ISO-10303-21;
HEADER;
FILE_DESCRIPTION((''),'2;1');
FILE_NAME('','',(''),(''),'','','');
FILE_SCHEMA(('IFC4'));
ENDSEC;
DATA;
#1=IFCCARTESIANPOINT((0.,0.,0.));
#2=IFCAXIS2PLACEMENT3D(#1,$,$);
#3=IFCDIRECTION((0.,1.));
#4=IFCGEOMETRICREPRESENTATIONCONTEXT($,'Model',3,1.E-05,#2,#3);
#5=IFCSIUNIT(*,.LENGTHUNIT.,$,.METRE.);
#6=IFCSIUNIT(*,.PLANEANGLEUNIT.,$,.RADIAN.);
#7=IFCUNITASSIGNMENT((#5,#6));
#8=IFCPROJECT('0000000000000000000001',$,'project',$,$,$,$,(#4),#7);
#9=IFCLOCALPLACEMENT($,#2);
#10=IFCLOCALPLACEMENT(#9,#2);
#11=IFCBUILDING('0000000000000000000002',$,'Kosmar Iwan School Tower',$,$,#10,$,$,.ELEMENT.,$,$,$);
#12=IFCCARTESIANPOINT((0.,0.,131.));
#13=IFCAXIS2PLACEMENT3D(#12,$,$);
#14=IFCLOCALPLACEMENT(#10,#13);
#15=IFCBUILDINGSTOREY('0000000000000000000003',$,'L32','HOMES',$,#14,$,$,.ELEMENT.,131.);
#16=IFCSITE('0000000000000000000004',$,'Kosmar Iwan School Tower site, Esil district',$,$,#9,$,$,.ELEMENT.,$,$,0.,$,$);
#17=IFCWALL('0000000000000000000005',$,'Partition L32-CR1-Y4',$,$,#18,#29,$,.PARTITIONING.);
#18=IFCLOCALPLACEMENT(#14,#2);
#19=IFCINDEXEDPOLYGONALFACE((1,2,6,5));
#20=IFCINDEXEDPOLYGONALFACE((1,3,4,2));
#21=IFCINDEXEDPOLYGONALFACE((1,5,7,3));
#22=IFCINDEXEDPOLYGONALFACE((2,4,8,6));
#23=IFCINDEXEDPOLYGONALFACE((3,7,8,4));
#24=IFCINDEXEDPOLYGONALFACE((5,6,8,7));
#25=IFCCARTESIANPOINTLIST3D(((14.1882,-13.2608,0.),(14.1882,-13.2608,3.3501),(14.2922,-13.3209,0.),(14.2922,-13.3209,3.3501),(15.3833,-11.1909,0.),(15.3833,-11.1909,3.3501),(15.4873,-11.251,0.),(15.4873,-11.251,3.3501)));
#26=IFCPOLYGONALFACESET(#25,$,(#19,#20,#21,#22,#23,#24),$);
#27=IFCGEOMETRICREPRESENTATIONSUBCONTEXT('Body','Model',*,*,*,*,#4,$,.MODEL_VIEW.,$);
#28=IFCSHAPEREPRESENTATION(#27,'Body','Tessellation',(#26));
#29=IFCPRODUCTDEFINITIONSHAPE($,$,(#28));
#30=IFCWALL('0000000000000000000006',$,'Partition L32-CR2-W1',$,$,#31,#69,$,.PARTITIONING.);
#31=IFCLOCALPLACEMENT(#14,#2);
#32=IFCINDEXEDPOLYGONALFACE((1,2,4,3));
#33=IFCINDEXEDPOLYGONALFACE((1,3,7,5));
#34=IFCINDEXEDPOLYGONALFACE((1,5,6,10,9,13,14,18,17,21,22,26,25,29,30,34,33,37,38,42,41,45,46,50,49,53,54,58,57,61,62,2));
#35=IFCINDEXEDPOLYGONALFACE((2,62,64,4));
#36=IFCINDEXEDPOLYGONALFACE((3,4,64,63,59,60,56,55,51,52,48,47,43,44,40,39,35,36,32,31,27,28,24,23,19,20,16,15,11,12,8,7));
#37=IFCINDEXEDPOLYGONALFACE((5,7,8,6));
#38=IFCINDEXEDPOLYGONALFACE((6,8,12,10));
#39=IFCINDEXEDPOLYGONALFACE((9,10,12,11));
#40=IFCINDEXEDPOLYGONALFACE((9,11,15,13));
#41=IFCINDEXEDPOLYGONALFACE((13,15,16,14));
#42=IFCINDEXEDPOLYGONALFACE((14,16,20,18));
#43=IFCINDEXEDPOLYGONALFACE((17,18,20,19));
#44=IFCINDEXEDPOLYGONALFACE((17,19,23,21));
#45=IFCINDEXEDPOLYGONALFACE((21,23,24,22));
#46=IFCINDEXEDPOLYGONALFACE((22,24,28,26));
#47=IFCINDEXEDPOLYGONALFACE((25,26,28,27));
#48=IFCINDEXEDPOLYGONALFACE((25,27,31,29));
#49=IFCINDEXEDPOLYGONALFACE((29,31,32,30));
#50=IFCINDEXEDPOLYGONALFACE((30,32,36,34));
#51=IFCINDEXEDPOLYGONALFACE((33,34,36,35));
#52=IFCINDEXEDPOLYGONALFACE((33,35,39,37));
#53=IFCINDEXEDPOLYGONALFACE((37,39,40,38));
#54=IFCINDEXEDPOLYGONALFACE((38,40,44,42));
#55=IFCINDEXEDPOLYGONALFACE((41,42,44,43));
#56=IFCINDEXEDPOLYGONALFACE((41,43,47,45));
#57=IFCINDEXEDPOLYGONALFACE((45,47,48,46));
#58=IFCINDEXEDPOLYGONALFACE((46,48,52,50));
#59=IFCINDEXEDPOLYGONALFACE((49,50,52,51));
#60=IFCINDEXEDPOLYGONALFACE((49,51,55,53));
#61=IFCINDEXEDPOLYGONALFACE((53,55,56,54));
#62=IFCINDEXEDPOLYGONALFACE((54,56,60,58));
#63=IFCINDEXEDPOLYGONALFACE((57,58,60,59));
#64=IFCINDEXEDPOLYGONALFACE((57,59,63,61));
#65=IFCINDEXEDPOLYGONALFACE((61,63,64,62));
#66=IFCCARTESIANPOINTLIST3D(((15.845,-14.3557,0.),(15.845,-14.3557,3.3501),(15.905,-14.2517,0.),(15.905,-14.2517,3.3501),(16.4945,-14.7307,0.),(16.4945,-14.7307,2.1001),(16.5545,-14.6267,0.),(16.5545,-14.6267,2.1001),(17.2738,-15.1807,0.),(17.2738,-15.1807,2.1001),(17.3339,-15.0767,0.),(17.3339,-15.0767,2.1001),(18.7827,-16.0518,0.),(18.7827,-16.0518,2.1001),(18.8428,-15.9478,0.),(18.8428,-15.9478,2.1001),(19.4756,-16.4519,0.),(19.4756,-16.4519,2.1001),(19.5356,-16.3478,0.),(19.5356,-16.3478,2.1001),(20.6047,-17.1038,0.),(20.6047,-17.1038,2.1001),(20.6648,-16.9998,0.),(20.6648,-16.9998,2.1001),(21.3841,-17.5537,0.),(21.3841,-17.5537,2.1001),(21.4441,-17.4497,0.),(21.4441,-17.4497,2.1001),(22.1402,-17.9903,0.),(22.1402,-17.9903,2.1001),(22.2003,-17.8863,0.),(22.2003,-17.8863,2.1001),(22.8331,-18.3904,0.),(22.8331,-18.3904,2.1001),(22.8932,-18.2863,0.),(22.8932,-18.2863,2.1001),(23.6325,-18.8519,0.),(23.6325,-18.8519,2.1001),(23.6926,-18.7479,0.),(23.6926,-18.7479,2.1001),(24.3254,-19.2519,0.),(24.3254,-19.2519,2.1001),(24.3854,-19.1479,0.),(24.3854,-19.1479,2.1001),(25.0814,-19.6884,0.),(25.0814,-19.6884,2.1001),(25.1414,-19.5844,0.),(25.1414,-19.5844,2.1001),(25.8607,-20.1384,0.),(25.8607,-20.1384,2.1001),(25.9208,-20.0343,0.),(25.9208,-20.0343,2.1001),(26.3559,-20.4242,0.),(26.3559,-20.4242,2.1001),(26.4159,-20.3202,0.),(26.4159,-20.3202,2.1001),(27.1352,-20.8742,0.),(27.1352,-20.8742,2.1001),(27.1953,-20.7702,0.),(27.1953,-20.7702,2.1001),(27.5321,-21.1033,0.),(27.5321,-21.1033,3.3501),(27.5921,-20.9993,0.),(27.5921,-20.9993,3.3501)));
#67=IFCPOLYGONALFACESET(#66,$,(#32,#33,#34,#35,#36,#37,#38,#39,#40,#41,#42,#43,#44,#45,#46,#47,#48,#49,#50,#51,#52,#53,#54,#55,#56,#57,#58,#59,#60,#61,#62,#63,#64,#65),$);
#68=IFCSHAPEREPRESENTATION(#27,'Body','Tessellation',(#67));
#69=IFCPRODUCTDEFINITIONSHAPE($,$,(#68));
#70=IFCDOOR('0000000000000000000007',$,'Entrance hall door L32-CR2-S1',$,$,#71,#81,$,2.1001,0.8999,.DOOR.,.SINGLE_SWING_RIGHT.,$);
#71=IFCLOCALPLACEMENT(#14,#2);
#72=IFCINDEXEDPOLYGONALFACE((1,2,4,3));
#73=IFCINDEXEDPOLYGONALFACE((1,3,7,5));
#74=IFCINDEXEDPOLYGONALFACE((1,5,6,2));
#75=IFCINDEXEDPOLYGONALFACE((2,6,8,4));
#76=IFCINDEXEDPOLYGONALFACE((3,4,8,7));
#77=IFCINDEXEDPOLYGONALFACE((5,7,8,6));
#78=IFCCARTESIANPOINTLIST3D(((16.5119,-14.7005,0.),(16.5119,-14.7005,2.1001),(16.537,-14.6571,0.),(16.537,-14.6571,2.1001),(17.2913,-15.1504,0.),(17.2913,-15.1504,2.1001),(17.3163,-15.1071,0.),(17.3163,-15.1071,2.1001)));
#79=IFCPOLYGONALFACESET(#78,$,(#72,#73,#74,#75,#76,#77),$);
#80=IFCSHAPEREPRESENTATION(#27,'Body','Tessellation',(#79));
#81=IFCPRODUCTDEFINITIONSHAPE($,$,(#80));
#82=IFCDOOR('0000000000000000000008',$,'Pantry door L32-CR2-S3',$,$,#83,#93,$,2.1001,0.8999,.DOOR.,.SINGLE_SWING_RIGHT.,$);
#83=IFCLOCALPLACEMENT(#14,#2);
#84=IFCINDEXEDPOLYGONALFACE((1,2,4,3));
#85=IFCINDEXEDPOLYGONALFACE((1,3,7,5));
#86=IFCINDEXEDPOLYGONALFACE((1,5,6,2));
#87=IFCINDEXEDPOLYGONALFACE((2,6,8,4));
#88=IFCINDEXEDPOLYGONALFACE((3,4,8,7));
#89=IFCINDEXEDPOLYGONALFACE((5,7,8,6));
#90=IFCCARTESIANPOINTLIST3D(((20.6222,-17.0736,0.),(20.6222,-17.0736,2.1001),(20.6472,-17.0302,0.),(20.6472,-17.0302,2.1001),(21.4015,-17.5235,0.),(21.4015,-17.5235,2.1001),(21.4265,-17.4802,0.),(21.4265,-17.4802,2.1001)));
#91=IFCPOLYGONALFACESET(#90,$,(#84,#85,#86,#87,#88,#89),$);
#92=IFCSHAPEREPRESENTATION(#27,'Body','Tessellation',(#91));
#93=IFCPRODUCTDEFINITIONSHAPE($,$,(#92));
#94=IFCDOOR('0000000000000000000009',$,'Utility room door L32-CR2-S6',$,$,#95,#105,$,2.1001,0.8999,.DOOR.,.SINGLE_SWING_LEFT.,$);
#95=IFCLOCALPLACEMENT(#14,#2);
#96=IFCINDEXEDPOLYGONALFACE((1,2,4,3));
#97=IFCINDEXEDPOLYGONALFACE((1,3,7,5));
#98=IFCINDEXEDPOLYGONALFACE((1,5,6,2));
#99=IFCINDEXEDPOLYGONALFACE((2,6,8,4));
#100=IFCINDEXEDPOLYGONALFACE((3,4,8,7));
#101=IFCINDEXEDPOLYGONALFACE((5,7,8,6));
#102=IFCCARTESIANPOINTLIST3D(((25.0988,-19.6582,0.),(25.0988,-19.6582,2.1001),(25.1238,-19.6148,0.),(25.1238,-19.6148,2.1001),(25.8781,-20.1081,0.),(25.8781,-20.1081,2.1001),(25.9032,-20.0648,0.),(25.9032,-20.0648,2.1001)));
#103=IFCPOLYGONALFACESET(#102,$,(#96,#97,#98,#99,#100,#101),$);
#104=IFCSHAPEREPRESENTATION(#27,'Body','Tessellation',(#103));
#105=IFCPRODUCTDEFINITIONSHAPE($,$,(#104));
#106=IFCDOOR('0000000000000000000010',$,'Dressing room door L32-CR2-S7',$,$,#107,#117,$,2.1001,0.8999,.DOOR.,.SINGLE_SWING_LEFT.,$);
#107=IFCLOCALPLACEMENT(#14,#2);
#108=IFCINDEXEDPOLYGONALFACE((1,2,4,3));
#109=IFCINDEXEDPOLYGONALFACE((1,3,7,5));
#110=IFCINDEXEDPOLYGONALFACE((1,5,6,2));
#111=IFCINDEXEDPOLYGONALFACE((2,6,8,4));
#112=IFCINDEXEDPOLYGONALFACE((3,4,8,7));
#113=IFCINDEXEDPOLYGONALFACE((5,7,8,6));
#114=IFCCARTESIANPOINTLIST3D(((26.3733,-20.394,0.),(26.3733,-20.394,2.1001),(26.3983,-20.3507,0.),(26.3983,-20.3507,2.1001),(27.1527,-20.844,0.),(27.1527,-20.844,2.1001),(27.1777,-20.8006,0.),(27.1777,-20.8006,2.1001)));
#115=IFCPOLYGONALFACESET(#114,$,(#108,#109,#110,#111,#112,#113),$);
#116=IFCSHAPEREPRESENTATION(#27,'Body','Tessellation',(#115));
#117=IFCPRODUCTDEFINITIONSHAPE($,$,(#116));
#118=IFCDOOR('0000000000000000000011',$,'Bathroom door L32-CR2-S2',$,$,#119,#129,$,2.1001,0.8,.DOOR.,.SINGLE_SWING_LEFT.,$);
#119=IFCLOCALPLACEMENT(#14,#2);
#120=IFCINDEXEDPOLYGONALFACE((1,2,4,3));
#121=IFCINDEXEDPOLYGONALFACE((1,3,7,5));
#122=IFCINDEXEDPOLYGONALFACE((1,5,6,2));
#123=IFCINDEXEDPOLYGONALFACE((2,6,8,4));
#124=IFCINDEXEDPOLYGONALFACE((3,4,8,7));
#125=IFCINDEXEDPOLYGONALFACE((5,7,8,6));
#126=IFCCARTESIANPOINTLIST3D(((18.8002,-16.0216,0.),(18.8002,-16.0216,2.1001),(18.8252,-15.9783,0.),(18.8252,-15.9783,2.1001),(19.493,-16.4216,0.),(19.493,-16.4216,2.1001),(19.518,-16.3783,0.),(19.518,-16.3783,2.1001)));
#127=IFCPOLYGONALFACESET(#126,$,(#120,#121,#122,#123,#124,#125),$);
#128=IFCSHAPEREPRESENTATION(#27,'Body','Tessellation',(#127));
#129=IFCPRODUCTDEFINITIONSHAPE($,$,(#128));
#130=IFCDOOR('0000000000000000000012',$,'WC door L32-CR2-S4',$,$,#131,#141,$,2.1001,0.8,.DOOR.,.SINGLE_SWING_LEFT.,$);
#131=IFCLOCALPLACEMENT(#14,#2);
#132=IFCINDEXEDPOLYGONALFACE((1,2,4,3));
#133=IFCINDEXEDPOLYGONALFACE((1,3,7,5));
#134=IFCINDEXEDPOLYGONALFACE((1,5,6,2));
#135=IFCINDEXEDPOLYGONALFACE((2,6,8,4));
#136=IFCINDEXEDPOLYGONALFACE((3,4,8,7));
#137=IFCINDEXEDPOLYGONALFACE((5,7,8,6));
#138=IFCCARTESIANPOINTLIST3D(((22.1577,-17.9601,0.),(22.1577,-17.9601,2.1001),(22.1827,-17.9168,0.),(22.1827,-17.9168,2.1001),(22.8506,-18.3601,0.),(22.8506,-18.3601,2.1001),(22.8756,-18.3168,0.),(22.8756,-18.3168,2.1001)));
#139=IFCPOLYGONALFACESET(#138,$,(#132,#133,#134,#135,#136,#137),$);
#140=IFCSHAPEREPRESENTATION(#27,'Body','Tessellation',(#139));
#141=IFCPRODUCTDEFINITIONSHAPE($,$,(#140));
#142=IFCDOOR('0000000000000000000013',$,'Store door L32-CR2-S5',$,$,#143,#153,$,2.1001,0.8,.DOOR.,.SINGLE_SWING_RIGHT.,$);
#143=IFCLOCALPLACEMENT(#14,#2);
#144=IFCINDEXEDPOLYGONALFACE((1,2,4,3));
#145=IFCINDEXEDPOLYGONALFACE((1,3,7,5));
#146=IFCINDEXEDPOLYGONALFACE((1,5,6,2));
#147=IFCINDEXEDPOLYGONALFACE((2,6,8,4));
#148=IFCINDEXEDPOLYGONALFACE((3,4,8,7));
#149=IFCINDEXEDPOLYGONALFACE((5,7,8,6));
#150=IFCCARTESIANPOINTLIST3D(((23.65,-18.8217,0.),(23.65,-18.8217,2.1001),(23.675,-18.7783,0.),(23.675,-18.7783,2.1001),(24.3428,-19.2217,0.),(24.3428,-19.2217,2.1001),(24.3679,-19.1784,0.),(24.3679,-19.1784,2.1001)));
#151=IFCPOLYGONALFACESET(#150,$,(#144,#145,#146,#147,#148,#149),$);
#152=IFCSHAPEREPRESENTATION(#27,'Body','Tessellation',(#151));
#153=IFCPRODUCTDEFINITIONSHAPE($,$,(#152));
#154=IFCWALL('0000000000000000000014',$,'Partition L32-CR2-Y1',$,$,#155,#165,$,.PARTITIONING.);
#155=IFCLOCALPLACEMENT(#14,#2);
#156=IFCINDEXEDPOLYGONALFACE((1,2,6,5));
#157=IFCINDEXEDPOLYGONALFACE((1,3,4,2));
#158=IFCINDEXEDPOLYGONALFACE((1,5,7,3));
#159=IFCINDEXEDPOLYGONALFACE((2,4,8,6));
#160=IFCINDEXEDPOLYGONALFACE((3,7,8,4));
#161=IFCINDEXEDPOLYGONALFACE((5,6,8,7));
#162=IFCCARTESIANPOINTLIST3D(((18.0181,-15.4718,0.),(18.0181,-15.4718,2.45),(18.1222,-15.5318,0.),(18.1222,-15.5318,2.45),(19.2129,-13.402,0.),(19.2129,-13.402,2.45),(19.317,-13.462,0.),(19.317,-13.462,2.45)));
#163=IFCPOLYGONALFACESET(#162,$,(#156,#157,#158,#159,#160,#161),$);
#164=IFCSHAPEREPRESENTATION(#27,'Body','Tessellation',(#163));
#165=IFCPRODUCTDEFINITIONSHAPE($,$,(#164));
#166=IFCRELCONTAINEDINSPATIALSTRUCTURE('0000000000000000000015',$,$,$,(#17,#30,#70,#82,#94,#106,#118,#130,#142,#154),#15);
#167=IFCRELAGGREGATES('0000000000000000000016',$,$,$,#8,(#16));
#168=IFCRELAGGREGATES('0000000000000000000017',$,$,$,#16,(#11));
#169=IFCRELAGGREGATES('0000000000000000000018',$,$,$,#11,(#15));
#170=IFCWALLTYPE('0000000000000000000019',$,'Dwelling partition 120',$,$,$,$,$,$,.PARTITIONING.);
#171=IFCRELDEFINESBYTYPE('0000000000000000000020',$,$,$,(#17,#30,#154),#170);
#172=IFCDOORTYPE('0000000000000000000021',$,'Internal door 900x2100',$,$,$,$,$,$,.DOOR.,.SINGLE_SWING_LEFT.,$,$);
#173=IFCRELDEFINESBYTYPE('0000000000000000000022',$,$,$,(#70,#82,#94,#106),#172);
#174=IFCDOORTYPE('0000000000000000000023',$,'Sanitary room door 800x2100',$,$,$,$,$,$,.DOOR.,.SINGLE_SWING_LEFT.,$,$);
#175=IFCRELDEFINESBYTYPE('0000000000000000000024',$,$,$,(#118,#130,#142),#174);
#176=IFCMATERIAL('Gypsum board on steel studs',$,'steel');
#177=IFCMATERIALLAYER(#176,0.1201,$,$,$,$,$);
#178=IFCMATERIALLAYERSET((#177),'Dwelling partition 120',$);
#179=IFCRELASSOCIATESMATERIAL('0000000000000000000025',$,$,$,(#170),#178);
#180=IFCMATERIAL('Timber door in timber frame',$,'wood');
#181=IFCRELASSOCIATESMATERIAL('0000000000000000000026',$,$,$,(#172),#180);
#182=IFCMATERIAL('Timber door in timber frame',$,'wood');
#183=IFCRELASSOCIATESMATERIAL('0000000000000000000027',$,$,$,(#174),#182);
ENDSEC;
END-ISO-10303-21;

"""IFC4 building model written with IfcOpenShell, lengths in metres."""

from ifc_helpers import new_model, si_unit, direction, frame, frame_2d, origin, place, context, subcontext, project, spatial, rectangle, extrude, material, layer, layer_set, type_object, element, fill, save


model = new_model("IFC4")

# Units and contexts
model_context = context("Model", 3, precision=1e-05, world=origin(), true_north=direction((0.0, 1.0)))
body_context = subcontext(model_context, "Body", "Model", "MODEL_VIEW")
ifc_project = project(units=[si_unit("LENGTHUNIT", "METRE"), si_unit("PLANEANGLEUNIT", "RADIAN")], contexts=[model_context])

# Site, building, storey
site_placement = place(None, origin())
site = spatial("IfcSite", under=ifc_project, at=site_placement, Name="Kosmar Iwan School Tower site, Esil district", CompositionType="ELEMENT", RefElevation=0.0)
building_placement = place(site_placement, origin())
building = spatial("IfcBuilding", under=site, at=building_placement, Name="Kosmar Iwan School Tower", CompositionType="ELEMENT")
storey_placement = place(building_placement, frame((0.0, 0.0, 131.0)))
storey = spatial("IfcBuildingStorey", under=building, at=storey_placement, Name="L32", Description="HOMES", CompositionType="ELEMENT", Elevation=131.0)

# Shared definitions
ifc_material_1 = material(Name="Gypsum board on steel studs", Category="steel")
ifc_layer_1 = layer(ifc_material_1, 0.1201)
ifc_layer_set_1 = layer_set([ifc_layer_1], Name="Dwelling partition 120")
wall_type_1 = type_object("IfcWallType", Name="Dwelling partition 120", PredefinedType="PARTITIONING", material=ifc_layer_set_1)

# Shared definitions
ifc_material_2 = material(Name="Timber door in timber frame", Category="wood")
door_type_1 = type_object("IfcDoorType", Name="Internal door 900x2100", OperationType="SINGLE_SWING_LEFT", PredefinedType="DOOR", material=ifc_material_2)

# Wall
wall_1_placement = place(storey_placement, frame((15.4353, -11.2209, 0.0), z_axis=(0.0, 0.0, 1.0), x_axis=(-0.500017, -0.866015, 0.0)))
element("IfcWall", 1, at=wall_1_placement, inside=storey, type_object=wall_type_1, Name="Partition L32-CR1-Y4", PredefinedType="PARTITIONING", context=body_context, shape_type="SweptSolid", body=[
    extrude(rectangle(XDim=2.3901, YDim=0.1201, at=frame_2d((1.1951, 0.0))), origin(), (0.0, 0.0, 1.0), 3.3501),
])

# Wall, openings, doors
wall_2_placement = place(storey_placement, frame((15.875, -14.3037, 0.0), z_axis=(0.0, 0.0, 1.0), x_axis=(0.866024, -0.500003, 0.0)))
wall_2 = element("IfcWall", 2, at=wall_2_placement, inside=storey, type_object=wall_type_1, Name="Partition L32-CR2-W1", PredefinedType="PARTITIONING", context=body_context, shape_type="SweptSolid", body=[
    extrude(rectangle(XDim=13.4951, YDim=0.1201, at=frame_2d((6.7476, 0.0))), origin(), (0.0, 0.0, 1.0), 3.3501),
])
opening_1_placement = place(wall_2_placement, frame((0.75, 0.0, 0.0)))
opening_1 = element("IfcOpeningElement", 3, at=opening_1_placement, cuts=wall_2, PredefinedType="OPENING", context=body_context, shape_type="SweptSolid", body=[
    extrude(rectangle(XDim=0.8999, YDim=2.1001, at=frame_2d((0.45, 1.05))), frame((0.0, 0.072, 0.0), z_axis=(0.0, -1.0, 0.0), x_axis=(1.0, 0.0, 0.0)), (0.0, 0.0, 1.0), 0.144),
])
opening_2_placement = place(wall_2_placement, frame((3.3923, 0.0, 0.0)))
opening_2 = element("IfcOpeningElement", 4, at=opening_2_placement, cuts=wall_2, PredefinedType="OPENING", context=body_context, shape_type="SweptSolid", body=[
    extrude(rectangle(XDim=0.8, YDim=2.1001, at=frame_2d((0.3999, 1.05))), frame((0.0, 0.072, 0.0), z_axis=(0.0, -1.0, 0.0), x_axis=(1.0, 0.0, 0.0)), (0.0, 0.0, 1.0), 0.144),
])
opening_3_placement = place(wall_2_placement, frame((5.4961, 0.0, 0.0)))
opening_3 = element("IfcOpeningElement", 5, at=opening_3_placement, cuts=wall_2, PredefinedType="OPENING", context=body_context, shape_type="SweptSolid", body=[
    extrude(rectangle(XDim=0.8999, YDim=2.1001, at=frame_2d((0.45, 1.05))), frame((0.0, 0.072, 0.0), z_axis=(0.0, -1.0, 0.0), x_axis=(1.0, 0.0, 0.0)), (0.0, 0.0, 1.0), 0.144),
])
opening_4_placement = place(wall_2_placement, frame((7.2693, 0.0, 0.0)))
opening_4 = element("IfcOpeningElement", 6, at=opening_4_placement, cuts=wall_2, PredefinedType="OPENING", context=body_context, shape_type="SweptSolid", body=[
    extrude(rectangle(XDim=0.8, YDim=2.1001, at=frame_2d((0.3999, 1.05))), frame((0.0, 0.072, 0.0), z_axis=(0.0, -1.0, 0.0), x_axis=(1.0, 0.0, 0.0)), (0.0, 0.0, 1.0), 0.144),
])
opening_5_placement = place(wall_2_placement, frame((8.9924, 0.0, 0.0)))
opening_5 = element("IfcOpeningElement", 7, at=opening_5_placement, cuts=wall_2, PredefinedType="OPENING", context=body_context, shape_type="SweptSolid", body=[
    extrude(rectangle(XDim=0.8, YDim=2.1001, at=frame_2d((0.3999, 1.05))), frame((0.0, 0.072, 0.0), z_axis=(0.0, -1.0, 0.0), x_axis=(1.0, 0.0, 0.0)), (0.0, 0.0, 1.0), 0.144),
])
opening_6_placement = place(wall_2_placement, frame((10.6653, 0.0, 0.0)))
opening_6 = element("IfcOpeningElement", 8, at=opening_6_placement, cuts=wall_2, PredefinedType="OPENING", context=body_context, shape_type="SweptSolid", body=[
    extrude(rectangle(XDim=0.8999, YDim=2.1001, at=frame_2d((0.45, 1.05))), frame((0.0, 0.072, 0.0), z_axis=(0.0, -1.0, 0.0), x_axis=(1.0, 0.0, 0.0)), (0.0, 0.0, 1.0), 0.144),
])
opening_7_placement = place(wall_2_placement, frame((12.137, 0.0, 0.0)))
opening_7 = element("IfcOpeningElement", 9, at=opening_7_placement, cuts=wall_2, PredefinedType="OPENING", context=body_context, shape_type="SweptSolid", body=[
    extrude(rectangle(XDim=0.8999, YDim=2.1001, at=frame_2d((0.45, 1.05))), frame((0.0, 0.072, 0.0), z_axis=(0.0, -1.0, 0.0), x_axis=(1.0, 0.0, 0.0)), (0.0, 0.0, 1.0), 0.144),
])
door_1_placement = place(opening_1_placement, origin())
door_1 = element("IfcDoor", 10, at=door_1_placement, inside=storey, type_object=door_type_1, Name="Entrance hall door L32-CR2-S1", OperationType="SINGLE_SWING_RIGHT", OverallHeight=2.1001, OverallWidth=0.8999, PredefinedType="DOOR", context=body_context, shape_type="SweptSolid", body=[
    extrude(rectangle(XDim=0.8999, YDim=2.1001, at=frame_2d((0.45, 1.05))), frame((0.0, 0.0249, 0.0), z_axis=(0.0, -1.0, 0.0), x_axis=(1.0, 0.0, 0.0)), (0.0, 0.0, 1.0), 0.05),
])
fill(opening_1, door_1)
door_2_placement = place(opening_3_placement, origin())
door_2 = element("IfcDoor", 11, at=door_2_placement, inside=storey, type_object=door_type_1, Name="Pantry door L32-CR2-S3", OperationType="SINGLE_SWING_RIGHT", OverallHeight=2.1001, OverallWidth=0.8999, PredefinedType="DOOR", context=body_context, shape_type="SweptSolid", body=[
    extrude(rectangle(XDim=0.8999, YDim=2.1001, at=frame_2d((0.45, 1.05))), frame((0.0, 0.0249, 0.0), z_axis=(0.0, -1.0, 0.0), x_axis=(1.0, 0.0, 0.0)), (0.0, 0.0, 1.0), 0.05),
])
fill(opening_3, door_2)
door_3_placement = place(opening_6_placement, origin())
door_3 = element("IfcDoor", 12, at=door_3_placement, inside=storey, type_object=door_type_1, Name="Utility room door L32-CR2-S6", OperationType="SINGLE_SWING_LEFT", OverallHeight=2.1001, OverallWidth=0.8999, PredefinedType="DOOR", context=body_context, shape_type="SweptSolid", body=[
    extrude(rectangle(XDim=0.8999, YDim=2.1001, at=frame_2d((0.45, 1.05))), frame((0.0, 0.0249, 0.0), z_axis=(0.0, -1.0, 0.0), x_axis=(1.0, 0.0, 0.0)), (0.0, 0.0, 1.0), 0.05),
])
fill(opening_6, door_3)
door_4_placement = place(opening_7_placement, origin())
door_4 = element("IfcDoor", 13, at=door_4_placement, inside=storey, type_object=door_type_1, Name="Dressing room door L32-CR2-S7", OperationType="SINGLE_SWING_LEFT", OverallHeight=2.1001, OverallWidth=0.8999, PredefinedType="DOOR", context=body_context, shape_type="SweptSolid", body=[
    extrude(rectangle(XDim=0.8999, YDim=2.1001, at=frame_2d((0.45, 1.05))), frame((0.0, 0.0249, 0.0), z_axis=(0.0, -1.0, 0.0), x_axis=(1.0, 0.0, 0.0)), (0.0, 0.0, 1.0), 0.05),
])
fill(opening_7, door_4)
ifc_material_3 = material(Name="Timber door in timber frame", Category="wood")
door_type_2 = type_object("IfcDoorType", Name="Sanitary room door 800x2100", OperationType="SINGLE_SWING_LEFT", PredefinedType="DOOR", material=ifc_material_3)
door_5_placement = place(opening_2_placement, origin())
door_5 = element("IfcDoor", 14, at=door_5_placement, inside=storey, type_object=door_type_2, Name="Bathroom door L32-CR2-S2", OperationType="SINGLE_SWING_LEFT", OverallHeight=2.1001, OverallWidth=0.8, PredefinedType="DOOR", context=body_context, shape_type="SweptSolid", body=[
    extrude(rectangle(XDim=0.8, YDim=2.1001, at=frame_2d((0.3999, 1.05))), frame((0.0, 0.0249, 0.0), z_axis=(0.0, -1.0, 0.0), x_axis=(1.0, 0.0, 0.0)), (0.0, 0.0, 1.0), 0.05),
])
fill(opening_2, door_5)
door_6_placement = place(opening_4_placement, origin())
door_6 = element("IfcDoor", 15, at=door_6_placement, inside=storey, type_object=door_type_2, Name="WC door L32-CR2-S4", OperationType="SINGLE_SWING_LEFT", OverallHeight=2.1001, OverallWidth=0.8, PredefinedType="DOOR", context=body_context, shape_type="SweptSolid", body=[
    extrude(rectangle(XDim=0.8, YDim=2.1001, at=frame_2d((0.3999, 1.05))), frame((0.0, 0.0249, 0.0), z_axis=(0.0, -1.0, 0.0), x_axis=(1.0, 0.0, 0.0)), (0.0, 0.0, 1.0), 0.05),
])
fill(opening_4, door_6)
door_7_placement = place(opening_5_placement, origin())
door_7 = element("IfcDoor", 16, at=door_7_placement, inside=storey, type_object=door_type_2, Name="Store door L32-CR2-S5", OperationType="SINGLE_SWING_RIGHT", OverallHeight=2.1001, OverallWidth=0.8, PredefinedType="DOOR", context=body_context, shape_type="SweptSolid", body=[
    extrude(rectangle(XDim=0.8, YDim=2.1001, at=frame_2d((0.3999, 1.05))), frame((0.0, 0.0249, 0.0), z_axis=(0.0, -1.0, 0.0), x_axis=(1.0, 0.0, 0.0)), (0.0, 0.0, 1.0), 0.05),
])
fill(opening_5, door_7)

# Wall
wall_3_placement = place(storey_placement, frame((19.2649, -13.4321, 0.0), z_axis=(0.0, 0.0, 1.0), x_axis=(-0.499941, -0.86606, 0.0)))
element("IfcWall", 17, at=wall_3_placement, inside=storey, type_object=wall_type_1, Name="Partition L32-CR2-Y1", PredefinedType="PARTITIONING", context=body_context, shape_type="SweptSolid", body=[
    extrude(rectangle(XDim=2.3899, YDim=0.1201, at=frame_2d((1.1948, 0.0))), origin(), (0.0, 0.0, 1.0), 2.45),
])

save(model, "model.ifc")
